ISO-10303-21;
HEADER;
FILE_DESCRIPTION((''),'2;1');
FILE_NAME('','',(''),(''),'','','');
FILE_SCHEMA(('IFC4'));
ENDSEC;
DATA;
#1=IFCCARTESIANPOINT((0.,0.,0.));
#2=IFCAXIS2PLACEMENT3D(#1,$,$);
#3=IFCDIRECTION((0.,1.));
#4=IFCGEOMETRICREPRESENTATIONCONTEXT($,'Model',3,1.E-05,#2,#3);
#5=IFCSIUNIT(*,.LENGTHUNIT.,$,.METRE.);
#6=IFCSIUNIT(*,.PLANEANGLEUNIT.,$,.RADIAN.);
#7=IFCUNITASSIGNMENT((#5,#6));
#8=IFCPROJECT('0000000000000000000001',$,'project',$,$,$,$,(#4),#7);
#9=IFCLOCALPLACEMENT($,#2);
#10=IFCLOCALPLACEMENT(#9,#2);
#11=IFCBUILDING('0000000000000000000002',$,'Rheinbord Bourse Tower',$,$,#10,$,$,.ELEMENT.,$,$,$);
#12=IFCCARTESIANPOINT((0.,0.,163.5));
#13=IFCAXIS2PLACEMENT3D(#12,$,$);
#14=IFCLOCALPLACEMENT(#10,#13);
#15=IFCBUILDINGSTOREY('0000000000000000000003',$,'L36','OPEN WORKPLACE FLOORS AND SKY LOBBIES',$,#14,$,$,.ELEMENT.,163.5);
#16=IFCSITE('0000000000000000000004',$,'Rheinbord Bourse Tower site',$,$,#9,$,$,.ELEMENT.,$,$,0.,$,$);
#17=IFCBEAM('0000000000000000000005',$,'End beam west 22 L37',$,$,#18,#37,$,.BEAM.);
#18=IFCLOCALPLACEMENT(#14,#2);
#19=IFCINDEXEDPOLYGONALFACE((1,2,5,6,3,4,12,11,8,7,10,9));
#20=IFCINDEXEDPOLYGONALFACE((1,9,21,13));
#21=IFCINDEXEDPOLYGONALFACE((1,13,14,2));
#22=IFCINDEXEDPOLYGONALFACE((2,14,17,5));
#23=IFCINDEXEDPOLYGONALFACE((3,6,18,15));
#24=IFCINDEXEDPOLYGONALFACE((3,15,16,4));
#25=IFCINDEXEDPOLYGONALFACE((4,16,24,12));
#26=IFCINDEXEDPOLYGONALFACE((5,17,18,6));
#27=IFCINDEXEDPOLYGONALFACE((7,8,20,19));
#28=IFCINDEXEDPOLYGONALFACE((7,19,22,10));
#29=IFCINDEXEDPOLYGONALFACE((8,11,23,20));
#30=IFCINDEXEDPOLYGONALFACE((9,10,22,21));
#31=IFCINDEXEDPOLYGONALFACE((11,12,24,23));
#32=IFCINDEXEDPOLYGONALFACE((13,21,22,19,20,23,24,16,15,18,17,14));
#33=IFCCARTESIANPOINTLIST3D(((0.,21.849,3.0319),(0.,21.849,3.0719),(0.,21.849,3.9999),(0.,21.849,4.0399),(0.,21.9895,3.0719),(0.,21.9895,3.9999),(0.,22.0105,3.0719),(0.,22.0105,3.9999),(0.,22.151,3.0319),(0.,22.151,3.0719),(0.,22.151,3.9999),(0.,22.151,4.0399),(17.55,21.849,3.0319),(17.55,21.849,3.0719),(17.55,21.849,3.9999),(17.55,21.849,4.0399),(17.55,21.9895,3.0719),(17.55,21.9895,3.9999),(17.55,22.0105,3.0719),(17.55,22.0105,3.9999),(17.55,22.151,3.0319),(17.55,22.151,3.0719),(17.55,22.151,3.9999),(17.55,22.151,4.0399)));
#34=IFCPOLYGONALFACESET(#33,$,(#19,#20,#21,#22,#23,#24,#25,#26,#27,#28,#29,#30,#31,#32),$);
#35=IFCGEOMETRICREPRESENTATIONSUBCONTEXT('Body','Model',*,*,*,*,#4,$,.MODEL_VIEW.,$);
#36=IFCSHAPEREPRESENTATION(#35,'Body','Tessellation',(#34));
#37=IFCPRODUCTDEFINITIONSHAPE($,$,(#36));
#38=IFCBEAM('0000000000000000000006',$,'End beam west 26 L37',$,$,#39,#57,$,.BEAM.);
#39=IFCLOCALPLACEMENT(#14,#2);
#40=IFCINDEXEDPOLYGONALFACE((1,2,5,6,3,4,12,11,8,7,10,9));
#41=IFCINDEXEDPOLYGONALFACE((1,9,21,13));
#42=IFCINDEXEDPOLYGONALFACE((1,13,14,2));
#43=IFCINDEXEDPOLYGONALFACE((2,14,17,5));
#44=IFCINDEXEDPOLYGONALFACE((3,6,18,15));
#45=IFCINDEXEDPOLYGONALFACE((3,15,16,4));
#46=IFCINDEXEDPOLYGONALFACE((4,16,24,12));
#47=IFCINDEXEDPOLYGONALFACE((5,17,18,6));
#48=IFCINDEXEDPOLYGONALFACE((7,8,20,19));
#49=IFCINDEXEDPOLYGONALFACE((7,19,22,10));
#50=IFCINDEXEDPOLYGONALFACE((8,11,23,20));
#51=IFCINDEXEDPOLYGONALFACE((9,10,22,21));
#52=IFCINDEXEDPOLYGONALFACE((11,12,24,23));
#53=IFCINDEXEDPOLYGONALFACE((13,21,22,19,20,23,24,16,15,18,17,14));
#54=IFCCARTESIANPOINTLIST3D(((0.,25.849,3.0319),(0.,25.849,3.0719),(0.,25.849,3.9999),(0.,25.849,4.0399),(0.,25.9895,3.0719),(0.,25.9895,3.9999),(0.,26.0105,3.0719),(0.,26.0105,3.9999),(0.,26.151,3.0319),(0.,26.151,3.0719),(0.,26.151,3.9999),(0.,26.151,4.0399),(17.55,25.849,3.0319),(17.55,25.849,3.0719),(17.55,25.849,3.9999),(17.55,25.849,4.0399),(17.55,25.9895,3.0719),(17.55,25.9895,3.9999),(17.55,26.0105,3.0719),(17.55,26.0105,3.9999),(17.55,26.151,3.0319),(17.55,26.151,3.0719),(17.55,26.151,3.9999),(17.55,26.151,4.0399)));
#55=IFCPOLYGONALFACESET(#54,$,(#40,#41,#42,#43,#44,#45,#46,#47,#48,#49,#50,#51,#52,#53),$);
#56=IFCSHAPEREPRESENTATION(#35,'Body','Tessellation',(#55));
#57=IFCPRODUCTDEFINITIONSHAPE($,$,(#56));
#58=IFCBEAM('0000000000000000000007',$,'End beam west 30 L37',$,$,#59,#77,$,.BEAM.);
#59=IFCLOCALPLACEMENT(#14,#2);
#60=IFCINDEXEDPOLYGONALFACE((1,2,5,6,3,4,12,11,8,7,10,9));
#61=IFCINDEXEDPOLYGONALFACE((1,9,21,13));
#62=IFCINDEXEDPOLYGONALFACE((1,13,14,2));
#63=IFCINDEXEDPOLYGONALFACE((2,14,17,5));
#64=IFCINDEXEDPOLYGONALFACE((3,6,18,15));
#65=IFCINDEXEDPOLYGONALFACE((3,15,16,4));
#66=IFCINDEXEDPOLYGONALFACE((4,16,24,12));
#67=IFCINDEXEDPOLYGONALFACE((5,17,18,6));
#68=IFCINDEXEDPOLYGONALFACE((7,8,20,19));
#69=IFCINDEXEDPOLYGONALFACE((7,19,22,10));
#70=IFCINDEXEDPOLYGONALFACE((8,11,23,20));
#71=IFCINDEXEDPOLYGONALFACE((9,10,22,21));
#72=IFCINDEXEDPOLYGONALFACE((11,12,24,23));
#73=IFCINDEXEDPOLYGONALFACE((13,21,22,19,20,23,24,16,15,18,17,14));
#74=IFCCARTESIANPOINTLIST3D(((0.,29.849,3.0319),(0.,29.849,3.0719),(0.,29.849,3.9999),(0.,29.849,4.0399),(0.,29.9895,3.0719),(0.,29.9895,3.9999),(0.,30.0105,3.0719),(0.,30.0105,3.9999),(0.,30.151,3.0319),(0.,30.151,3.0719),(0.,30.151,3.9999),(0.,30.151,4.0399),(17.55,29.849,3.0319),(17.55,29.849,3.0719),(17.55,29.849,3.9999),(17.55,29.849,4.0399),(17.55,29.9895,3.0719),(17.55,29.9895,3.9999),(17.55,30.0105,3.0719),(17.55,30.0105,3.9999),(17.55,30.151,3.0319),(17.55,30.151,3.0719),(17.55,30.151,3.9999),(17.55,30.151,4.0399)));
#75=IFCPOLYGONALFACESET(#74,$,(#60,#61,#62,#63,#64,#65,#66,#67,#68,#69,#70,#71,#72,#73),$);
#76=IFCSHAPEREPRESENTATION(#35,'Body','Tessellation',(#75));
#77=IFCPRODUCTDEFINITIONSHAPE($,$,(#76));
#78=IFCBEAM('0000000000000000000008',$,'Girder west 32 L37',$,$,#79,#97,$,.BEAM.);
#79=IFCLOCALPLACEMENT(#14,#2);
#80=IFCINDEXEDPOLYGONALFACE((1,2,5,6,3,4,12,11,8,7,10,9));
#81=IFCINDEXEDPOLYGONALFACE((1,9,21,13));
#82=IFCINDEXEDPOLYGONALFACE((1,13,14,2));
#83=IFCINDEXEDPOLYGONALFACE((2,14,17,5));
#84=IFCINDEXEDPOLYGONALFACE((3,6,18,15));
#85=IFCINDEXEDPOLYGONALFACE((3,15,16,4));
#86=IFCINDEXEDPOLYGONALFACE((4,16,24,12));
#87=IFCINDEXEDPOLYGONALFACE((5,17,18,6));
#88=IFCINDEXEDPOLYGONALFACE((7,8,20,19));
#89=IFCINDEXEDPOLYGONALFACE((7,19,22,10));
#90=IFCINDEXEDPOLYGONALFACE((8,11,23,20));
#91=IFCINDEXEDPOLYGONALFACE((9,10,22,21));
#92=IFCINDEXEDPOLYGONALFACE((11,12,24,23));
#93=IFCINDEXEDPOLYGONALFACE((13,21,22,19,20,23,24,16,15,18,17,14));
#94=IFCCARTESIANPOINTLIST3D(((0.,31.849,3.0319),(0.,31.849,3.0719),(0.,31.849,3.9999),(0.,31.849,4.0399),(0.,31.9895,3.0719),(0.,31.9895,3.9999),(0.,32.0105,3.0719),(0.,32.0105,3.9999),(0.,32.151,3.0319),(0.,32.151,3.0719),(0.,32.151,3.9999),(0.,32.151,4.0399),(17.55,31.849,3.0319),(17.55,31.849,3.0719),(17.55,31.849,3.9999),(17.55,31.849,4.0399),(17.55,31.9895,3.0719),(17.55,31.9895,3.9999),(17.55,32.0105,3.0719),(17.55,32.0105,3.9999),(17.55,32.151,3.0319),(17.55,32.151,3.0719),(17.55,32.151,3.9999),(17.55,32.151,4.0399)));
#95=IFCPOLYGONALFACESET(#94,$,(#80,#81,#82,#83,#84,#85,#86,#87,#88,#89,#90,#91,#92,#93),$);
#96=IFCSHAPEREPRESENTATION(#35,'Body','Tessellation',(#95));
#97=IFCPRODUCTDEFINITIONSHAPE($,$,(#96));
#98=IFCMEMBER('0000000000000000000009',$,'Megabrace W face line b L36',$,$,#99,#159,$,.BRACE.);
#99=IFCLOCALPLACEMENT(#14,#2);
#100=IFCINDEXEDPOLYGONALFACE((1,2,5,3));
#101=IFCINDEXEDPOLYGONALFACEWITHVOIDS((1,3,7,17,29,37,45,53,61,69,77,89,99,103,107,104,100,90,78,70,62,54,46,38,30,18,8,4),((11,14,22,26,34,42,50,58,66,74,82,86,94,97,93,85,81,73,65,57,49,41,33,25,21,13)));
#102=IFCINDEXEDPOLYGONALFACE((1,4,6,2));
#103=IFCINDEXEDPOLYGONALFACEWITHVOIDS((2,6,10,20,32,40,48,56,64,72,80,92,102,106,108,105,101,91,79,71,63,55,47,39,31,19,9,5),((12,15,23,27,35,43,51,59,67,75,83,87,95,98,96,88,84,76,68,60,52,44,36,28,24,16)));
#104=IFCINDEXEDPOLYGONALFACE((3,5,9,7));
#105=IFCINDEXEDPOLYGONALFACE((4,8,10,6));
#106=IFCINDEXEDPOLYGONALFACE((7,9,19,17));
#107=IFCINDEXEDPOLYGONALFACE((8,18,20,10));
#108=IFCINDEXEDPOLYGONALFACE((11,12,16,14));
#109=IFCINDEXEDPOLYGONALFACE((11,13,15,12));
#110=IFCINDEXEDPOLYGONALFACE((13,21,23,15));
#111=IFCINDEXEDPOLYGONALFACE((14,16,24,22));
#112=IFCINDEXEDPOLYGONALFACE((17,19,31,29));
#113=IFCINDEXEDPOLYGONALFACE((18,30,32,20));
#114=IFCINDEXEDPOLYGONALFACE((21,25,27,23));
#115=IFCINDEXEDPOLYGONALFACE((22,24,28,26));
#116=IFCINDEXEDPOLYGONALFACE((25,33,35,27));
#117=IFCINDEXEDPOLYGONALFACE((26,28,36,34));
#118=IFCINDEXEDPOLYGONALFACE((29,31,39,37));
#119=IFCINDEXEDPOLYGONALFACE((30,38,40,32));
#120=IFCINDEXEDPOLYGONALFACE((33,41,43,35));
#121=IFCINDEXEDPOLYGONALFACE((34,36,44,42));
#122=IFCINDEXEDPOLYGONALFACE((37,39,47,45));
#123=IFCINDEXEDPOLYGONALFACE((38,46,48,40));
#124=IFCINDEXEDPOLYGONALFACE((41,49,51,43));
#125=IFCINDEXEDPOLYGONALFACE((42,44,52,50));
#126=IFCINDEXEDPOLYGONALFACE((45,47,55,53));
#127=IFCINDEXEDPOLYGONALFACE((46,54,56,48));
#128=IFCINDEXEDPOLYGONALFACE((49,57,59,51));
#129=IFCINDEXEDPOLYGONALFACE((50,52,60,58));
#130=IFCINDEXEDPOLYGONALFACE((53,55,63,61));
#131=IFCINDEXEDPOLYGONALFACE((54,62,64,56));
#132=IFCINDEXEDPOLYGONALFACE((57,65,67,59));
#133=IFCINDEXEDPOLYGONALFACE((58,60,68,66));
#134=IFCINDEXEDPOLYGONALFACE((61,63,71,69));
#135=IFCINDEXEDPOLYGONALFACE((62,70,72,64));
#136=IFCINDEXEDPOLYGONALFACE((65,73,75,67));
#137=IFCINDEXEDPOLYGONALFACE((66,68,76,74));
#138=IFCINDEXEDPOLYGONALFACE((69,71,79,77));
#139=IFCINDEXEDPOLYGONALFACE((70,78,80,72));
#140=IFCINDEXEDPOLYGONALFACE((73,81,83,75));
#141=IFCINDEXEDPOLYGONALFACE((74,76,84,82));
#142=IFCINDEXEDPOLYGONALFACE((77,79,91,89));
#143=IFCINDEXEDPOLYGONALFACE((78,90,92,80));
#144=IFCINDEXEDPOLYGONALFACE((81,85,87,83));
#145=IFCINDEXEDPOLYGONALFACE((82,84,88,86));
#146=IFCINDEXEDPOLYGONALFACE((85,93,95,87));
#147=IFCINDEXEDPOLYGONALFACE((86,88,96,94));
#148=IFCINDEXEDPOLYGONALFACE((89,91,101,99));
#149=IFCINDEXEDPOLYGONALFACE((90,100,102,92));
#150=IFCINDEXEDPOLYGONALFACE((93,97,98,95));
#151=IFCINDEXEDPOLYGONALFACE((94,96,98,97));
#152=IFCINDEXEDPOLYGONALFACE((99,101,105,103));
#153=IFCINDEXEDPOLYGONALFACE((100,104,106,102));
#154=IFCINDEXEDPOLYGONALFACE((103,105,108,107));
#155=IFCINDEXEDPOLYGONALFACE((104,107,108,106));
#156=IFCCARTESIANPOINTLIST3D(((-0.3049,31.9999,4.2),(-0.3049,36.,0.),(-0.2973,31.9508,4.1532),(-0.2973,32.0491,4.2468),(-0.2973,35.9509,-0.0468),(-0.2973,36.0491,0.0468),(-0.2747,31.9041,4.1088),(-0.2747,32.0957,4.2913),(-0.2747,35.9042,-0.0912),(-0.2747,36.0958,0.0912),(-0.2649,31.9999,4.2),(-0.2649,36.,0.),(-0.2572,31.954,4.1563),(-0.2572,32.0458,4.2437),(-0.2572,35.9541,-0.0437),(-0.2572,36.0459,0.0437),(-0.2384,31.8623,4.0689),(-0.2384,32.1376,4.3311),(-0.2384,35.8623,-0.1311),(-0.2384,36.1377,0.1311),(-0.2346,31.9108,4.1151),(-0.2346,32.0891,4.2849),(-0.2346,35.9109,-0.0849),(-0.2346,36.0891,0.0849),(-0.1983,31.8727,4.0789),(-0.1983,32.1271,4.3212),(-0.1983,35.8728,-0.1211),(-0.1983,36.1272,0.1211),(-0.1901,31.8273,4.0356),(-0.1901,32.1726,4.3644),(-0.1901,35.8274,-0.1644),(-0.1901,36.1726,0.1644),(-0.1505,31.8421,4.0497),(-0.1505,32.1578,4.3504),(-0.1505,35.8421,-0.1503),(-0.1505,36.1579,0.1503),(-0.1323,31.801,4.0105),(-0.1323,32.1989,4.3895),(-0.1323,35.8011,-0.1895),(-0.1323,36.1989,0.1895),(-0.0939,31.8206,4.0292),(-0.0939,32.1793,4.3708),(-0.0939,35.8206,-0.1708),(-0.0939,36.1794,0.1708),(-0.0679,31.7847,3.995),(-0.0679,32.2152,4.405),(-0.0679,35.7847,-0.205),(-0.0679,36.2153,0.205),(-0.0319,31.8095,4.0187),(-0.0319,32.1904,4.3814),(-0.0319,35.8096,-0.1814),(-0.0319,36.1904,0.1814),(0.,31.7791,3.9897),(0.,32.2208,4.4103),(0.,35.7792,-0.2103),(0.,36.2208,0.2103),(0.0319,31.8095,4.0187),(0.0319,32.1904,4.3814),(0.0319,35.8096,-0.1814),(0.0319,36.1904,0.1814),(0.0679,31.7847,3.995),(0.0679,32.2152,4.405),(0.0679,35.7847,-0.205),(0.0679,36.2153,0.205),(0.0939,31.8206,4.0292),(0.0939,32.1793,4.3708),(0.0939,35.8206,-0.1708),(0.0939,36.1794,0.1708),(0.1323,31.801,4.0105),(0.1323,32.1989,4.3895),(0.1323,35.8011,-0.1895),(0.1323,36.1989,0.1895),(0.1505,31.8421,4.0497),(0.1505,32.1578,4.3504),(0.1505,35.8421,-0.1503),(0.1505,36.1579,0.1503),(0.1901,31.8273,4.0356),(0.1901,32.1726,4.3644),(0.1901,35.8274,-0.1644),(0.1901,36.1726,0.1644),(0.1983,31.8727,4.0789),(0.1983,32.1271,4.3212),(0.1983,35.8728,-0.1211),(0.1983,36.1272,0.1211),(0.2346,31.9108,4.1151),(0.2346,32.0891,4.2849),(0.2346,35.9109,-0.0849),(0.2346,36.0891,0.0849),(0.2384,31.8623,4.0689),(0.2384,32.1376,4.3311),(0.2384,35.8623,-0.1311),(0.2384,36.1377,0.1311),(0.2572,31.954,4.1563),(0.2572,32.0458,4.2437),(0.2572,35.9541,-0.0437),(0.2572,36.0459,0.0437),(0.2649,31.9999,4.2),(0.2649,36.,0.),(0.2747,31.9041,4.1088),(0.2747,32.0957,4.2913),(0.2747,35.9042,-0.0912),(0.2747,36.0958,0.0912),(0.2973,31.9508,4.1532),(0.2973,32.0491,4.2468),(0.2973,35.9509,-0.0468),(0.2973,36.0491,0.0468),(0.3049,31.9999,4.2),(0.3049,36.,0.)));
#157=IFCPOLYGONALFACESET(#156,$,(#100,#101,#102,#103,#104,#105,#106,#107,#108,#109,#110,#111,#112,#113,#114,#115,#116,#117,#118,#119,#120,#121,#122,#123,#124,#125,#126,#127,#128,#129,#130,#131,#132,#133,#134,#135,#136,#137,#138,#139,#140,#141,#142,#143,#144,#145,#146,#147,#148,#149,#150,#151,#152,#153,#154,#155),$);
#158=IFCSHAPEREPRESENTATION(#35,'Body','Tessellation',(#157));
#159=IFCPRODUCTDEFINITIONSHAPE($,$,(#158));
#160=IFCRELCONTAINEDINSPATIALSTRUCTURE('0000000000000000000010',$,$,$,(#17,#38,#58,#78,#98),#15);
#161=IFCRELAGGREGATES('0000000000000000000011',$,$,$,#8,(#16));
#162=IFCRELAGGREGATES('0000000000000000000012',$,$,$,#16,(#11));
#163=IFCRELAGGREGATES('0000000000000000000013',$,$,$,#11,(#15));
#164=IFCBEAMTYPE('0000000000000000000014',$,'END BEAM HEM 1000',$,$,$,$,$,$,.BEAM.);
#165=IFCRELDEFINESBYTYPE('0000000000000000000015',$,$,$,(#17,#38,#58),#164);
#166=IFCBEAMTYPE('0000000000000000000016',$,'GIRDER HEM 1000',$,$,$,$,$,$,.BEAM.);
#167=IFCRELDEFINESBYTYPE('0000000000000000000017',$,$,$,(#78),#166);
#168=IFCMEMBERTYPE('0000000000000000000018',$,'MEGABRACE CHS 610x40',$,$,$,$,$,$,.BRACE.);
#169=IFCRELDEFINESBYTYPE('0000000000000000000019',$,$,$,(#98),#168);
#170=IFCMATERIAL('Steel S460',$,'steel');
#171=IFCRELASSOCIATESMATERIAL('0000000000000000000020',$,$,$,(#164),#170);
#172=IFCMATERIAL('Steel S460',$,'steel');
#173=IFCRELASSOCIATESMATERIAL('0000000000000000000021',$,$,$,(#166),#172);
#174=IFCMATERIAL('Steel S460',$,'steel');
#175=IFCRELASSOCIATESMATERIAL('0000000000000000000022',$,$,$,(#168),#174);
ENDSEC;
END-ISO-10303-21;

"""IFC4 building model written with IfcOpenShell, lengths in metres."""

from ifc_helpers import new_model, si_unit, direction, frame, origin, origin_2d, place, context, subcontext, project, spatial, hollow_circle, i_section, extrude, material, material_profile, profile_set, type_object, element, save


model = new_model("IFC4")

# Units and contexts
model_context = context("Model", 3, precision=1e-05, world=origin(), true_north=direction((0.0, 1.0)))
body_context = subcontext(model_context, "Body", "Model", "MODEL_VIEW")
ifc_project = project(units=[si_unit("LENGTHUNIT", "METRE"), si_unit("PLANEANGLEUNIT", "RADIAN")], contexts=[model_context])

# Site, building, storey
site_placement = place(None, origin())
site = spatial("IfcSite", under=ifc_project, at=site_placement, Name="Rheinbord Bourse Tower site", CompositionType="ELEMENT", RefElevation=0.0)
building_placement = place(site_placement, origin())
building = spatial("IfcBuilding", under=site, at=building_placement, Name="Rheinbord Bourse Tower", CompositionType="ELEMENT")
storey_placement = place(building_placement, frame((0.0, 0.0, 163.5)))
storey = spatial("IfcBuildingStorey", under=building, at=storey_placement, Name="L36", Description="OPEN WORKPLACE FLOORS AND SKY LOBBIES", CompositionType="ELEMENT", Elevation=163.5)

# Beams
ifc_material_1 = material(Name="Steel S460", Category="steel")
ifc_material_profile_1 = material_profile(ifc_material_1, i_section(OverallWidth=0.302, OverallDepth=1.0081, WebThickness=0.021, FlangeThickness=0.04, at=origin_2d()), Name="HEM 1000")
ifc_profile_set_1 = profile_set([ifc_material_profile_1], Name="Steel S460")
beam_type_1 = type_object("IfcBeamType", Name="END BEAM HEM 1000", PredefinedType="BEAM", material=ifc_profile_set_1)
for number, where, z_axis, x_axis, name in (
    (1, (0.0, 22.0, 3.5359), (1.0, 0.0, 0.0), (0.0, 1.0, 0.0), "End beam west 22 L37"),
    (2, (0.0, 26.0, 3.5359), (1.0, 0.0, 0.0), (0.0, 1.0, 0.0), "End beam west 26 L37"),
    (3, (0.0, 30.0, 3.5359), (1.0, 0.0, 0.0), (0.0, 1.0, 0.0), "End beam west 30 L37"),
):
    element("IfcBeam", number, at=place(storey_placement, frame(where, z_axis=z_axis, x_axis=x_axis)), inside=storey, type_object=beam_type_1, Name=name, PredefinedType="BEAM", context=body_context, shape_type="SweptSolid", body=[
        extrude(i_section(OverallWidth=0.302, OverallDepth=1.0081, WebThickness=0.021, FlangeThickness=0.04, at=origin_2d()), origin(), (0.0, 0.0, 1.0), 17.55),
    ])
ifc_material_2 = material(Name="Steel S460", Category="steel")
ifc_material_profile_2 = material_profile(ifc_material_2, i_section(OverallWidth=0.302, OverallDepth=1.0081, WebThickness=0.021, FlangeThickness=0.04, at=origin_2d()), Name="HEM 1000")
ifc_profile_set_2 = profile_set([ifc_material_profile_2], Name="Steel S460")
beam_type_2 = type_object("IfcBeamType", Name="GIRDER HEM 1000", PredefinedType="BEAM", material=ifc_profile_set_2)
beam_placement = place(storey_placement, frame((0.0, 32.0, 3.5359), z_axis=(1.0, 0.0, 0.0), x_axis=(0.0, 1.0, 0.0)))
element("IfcBeam", 4, at=beam_placement, inside=storey, type_object=beam_type_2, Name="Girder west 32 L37", PredefinedType="BEAM", context=body_context, shape_type="SweptSolid", body=[
    extrude(i_section(OverallWidth=0.302, OverallDepth=1.0081, WebThickness=0.021, FlangeThickness=0.04, at=origin_2d()), origin(), (0.0, 0.0, 1.0), 17.55),
])

# Member
ifc_material_3 = material(Name="Steel S460", Category="steel")
ifc_material_profile_3 = material_profile(ifc_material_3, hollow_circle(Radius=0.3049, WallThickness=0.04, at=origin_2d()), Name="CHS 610x40")
ifc_profile_set_3 = profile_set([ifc_material_profile_3], Name="Steel S460")
member_type_1 = type_object("IfcMemberType", Name="MEGABRACE CHS 610x40", PredefinedType="BRACE", material=ifc_profile_set_3)
for number, where, z_axis, x_axis, name in (
    (5, (0.0, 36.0, 0.0), (0.0, -0.689659, 0.724134), (1.0, 0.0, 0.0), "Megabrace W face line b L36"),
):
    element("IfcMember", number, at=place(storey_placement, frame(where, z_axis=z_axis, x_axis=x_axis)), inside=storey, type_object=member_type_1, Name=name, PredefinedType="BRACE", context=body_context, shape_type="SweptSolid", body=[
        extrude(hollow_circle(Radius=0.3049, WallThickness=0.04, at=origin_2d()), origin(), (0.0, 0.0, 1.0), 5.8),
    ])

save(model, "model.ifc")
